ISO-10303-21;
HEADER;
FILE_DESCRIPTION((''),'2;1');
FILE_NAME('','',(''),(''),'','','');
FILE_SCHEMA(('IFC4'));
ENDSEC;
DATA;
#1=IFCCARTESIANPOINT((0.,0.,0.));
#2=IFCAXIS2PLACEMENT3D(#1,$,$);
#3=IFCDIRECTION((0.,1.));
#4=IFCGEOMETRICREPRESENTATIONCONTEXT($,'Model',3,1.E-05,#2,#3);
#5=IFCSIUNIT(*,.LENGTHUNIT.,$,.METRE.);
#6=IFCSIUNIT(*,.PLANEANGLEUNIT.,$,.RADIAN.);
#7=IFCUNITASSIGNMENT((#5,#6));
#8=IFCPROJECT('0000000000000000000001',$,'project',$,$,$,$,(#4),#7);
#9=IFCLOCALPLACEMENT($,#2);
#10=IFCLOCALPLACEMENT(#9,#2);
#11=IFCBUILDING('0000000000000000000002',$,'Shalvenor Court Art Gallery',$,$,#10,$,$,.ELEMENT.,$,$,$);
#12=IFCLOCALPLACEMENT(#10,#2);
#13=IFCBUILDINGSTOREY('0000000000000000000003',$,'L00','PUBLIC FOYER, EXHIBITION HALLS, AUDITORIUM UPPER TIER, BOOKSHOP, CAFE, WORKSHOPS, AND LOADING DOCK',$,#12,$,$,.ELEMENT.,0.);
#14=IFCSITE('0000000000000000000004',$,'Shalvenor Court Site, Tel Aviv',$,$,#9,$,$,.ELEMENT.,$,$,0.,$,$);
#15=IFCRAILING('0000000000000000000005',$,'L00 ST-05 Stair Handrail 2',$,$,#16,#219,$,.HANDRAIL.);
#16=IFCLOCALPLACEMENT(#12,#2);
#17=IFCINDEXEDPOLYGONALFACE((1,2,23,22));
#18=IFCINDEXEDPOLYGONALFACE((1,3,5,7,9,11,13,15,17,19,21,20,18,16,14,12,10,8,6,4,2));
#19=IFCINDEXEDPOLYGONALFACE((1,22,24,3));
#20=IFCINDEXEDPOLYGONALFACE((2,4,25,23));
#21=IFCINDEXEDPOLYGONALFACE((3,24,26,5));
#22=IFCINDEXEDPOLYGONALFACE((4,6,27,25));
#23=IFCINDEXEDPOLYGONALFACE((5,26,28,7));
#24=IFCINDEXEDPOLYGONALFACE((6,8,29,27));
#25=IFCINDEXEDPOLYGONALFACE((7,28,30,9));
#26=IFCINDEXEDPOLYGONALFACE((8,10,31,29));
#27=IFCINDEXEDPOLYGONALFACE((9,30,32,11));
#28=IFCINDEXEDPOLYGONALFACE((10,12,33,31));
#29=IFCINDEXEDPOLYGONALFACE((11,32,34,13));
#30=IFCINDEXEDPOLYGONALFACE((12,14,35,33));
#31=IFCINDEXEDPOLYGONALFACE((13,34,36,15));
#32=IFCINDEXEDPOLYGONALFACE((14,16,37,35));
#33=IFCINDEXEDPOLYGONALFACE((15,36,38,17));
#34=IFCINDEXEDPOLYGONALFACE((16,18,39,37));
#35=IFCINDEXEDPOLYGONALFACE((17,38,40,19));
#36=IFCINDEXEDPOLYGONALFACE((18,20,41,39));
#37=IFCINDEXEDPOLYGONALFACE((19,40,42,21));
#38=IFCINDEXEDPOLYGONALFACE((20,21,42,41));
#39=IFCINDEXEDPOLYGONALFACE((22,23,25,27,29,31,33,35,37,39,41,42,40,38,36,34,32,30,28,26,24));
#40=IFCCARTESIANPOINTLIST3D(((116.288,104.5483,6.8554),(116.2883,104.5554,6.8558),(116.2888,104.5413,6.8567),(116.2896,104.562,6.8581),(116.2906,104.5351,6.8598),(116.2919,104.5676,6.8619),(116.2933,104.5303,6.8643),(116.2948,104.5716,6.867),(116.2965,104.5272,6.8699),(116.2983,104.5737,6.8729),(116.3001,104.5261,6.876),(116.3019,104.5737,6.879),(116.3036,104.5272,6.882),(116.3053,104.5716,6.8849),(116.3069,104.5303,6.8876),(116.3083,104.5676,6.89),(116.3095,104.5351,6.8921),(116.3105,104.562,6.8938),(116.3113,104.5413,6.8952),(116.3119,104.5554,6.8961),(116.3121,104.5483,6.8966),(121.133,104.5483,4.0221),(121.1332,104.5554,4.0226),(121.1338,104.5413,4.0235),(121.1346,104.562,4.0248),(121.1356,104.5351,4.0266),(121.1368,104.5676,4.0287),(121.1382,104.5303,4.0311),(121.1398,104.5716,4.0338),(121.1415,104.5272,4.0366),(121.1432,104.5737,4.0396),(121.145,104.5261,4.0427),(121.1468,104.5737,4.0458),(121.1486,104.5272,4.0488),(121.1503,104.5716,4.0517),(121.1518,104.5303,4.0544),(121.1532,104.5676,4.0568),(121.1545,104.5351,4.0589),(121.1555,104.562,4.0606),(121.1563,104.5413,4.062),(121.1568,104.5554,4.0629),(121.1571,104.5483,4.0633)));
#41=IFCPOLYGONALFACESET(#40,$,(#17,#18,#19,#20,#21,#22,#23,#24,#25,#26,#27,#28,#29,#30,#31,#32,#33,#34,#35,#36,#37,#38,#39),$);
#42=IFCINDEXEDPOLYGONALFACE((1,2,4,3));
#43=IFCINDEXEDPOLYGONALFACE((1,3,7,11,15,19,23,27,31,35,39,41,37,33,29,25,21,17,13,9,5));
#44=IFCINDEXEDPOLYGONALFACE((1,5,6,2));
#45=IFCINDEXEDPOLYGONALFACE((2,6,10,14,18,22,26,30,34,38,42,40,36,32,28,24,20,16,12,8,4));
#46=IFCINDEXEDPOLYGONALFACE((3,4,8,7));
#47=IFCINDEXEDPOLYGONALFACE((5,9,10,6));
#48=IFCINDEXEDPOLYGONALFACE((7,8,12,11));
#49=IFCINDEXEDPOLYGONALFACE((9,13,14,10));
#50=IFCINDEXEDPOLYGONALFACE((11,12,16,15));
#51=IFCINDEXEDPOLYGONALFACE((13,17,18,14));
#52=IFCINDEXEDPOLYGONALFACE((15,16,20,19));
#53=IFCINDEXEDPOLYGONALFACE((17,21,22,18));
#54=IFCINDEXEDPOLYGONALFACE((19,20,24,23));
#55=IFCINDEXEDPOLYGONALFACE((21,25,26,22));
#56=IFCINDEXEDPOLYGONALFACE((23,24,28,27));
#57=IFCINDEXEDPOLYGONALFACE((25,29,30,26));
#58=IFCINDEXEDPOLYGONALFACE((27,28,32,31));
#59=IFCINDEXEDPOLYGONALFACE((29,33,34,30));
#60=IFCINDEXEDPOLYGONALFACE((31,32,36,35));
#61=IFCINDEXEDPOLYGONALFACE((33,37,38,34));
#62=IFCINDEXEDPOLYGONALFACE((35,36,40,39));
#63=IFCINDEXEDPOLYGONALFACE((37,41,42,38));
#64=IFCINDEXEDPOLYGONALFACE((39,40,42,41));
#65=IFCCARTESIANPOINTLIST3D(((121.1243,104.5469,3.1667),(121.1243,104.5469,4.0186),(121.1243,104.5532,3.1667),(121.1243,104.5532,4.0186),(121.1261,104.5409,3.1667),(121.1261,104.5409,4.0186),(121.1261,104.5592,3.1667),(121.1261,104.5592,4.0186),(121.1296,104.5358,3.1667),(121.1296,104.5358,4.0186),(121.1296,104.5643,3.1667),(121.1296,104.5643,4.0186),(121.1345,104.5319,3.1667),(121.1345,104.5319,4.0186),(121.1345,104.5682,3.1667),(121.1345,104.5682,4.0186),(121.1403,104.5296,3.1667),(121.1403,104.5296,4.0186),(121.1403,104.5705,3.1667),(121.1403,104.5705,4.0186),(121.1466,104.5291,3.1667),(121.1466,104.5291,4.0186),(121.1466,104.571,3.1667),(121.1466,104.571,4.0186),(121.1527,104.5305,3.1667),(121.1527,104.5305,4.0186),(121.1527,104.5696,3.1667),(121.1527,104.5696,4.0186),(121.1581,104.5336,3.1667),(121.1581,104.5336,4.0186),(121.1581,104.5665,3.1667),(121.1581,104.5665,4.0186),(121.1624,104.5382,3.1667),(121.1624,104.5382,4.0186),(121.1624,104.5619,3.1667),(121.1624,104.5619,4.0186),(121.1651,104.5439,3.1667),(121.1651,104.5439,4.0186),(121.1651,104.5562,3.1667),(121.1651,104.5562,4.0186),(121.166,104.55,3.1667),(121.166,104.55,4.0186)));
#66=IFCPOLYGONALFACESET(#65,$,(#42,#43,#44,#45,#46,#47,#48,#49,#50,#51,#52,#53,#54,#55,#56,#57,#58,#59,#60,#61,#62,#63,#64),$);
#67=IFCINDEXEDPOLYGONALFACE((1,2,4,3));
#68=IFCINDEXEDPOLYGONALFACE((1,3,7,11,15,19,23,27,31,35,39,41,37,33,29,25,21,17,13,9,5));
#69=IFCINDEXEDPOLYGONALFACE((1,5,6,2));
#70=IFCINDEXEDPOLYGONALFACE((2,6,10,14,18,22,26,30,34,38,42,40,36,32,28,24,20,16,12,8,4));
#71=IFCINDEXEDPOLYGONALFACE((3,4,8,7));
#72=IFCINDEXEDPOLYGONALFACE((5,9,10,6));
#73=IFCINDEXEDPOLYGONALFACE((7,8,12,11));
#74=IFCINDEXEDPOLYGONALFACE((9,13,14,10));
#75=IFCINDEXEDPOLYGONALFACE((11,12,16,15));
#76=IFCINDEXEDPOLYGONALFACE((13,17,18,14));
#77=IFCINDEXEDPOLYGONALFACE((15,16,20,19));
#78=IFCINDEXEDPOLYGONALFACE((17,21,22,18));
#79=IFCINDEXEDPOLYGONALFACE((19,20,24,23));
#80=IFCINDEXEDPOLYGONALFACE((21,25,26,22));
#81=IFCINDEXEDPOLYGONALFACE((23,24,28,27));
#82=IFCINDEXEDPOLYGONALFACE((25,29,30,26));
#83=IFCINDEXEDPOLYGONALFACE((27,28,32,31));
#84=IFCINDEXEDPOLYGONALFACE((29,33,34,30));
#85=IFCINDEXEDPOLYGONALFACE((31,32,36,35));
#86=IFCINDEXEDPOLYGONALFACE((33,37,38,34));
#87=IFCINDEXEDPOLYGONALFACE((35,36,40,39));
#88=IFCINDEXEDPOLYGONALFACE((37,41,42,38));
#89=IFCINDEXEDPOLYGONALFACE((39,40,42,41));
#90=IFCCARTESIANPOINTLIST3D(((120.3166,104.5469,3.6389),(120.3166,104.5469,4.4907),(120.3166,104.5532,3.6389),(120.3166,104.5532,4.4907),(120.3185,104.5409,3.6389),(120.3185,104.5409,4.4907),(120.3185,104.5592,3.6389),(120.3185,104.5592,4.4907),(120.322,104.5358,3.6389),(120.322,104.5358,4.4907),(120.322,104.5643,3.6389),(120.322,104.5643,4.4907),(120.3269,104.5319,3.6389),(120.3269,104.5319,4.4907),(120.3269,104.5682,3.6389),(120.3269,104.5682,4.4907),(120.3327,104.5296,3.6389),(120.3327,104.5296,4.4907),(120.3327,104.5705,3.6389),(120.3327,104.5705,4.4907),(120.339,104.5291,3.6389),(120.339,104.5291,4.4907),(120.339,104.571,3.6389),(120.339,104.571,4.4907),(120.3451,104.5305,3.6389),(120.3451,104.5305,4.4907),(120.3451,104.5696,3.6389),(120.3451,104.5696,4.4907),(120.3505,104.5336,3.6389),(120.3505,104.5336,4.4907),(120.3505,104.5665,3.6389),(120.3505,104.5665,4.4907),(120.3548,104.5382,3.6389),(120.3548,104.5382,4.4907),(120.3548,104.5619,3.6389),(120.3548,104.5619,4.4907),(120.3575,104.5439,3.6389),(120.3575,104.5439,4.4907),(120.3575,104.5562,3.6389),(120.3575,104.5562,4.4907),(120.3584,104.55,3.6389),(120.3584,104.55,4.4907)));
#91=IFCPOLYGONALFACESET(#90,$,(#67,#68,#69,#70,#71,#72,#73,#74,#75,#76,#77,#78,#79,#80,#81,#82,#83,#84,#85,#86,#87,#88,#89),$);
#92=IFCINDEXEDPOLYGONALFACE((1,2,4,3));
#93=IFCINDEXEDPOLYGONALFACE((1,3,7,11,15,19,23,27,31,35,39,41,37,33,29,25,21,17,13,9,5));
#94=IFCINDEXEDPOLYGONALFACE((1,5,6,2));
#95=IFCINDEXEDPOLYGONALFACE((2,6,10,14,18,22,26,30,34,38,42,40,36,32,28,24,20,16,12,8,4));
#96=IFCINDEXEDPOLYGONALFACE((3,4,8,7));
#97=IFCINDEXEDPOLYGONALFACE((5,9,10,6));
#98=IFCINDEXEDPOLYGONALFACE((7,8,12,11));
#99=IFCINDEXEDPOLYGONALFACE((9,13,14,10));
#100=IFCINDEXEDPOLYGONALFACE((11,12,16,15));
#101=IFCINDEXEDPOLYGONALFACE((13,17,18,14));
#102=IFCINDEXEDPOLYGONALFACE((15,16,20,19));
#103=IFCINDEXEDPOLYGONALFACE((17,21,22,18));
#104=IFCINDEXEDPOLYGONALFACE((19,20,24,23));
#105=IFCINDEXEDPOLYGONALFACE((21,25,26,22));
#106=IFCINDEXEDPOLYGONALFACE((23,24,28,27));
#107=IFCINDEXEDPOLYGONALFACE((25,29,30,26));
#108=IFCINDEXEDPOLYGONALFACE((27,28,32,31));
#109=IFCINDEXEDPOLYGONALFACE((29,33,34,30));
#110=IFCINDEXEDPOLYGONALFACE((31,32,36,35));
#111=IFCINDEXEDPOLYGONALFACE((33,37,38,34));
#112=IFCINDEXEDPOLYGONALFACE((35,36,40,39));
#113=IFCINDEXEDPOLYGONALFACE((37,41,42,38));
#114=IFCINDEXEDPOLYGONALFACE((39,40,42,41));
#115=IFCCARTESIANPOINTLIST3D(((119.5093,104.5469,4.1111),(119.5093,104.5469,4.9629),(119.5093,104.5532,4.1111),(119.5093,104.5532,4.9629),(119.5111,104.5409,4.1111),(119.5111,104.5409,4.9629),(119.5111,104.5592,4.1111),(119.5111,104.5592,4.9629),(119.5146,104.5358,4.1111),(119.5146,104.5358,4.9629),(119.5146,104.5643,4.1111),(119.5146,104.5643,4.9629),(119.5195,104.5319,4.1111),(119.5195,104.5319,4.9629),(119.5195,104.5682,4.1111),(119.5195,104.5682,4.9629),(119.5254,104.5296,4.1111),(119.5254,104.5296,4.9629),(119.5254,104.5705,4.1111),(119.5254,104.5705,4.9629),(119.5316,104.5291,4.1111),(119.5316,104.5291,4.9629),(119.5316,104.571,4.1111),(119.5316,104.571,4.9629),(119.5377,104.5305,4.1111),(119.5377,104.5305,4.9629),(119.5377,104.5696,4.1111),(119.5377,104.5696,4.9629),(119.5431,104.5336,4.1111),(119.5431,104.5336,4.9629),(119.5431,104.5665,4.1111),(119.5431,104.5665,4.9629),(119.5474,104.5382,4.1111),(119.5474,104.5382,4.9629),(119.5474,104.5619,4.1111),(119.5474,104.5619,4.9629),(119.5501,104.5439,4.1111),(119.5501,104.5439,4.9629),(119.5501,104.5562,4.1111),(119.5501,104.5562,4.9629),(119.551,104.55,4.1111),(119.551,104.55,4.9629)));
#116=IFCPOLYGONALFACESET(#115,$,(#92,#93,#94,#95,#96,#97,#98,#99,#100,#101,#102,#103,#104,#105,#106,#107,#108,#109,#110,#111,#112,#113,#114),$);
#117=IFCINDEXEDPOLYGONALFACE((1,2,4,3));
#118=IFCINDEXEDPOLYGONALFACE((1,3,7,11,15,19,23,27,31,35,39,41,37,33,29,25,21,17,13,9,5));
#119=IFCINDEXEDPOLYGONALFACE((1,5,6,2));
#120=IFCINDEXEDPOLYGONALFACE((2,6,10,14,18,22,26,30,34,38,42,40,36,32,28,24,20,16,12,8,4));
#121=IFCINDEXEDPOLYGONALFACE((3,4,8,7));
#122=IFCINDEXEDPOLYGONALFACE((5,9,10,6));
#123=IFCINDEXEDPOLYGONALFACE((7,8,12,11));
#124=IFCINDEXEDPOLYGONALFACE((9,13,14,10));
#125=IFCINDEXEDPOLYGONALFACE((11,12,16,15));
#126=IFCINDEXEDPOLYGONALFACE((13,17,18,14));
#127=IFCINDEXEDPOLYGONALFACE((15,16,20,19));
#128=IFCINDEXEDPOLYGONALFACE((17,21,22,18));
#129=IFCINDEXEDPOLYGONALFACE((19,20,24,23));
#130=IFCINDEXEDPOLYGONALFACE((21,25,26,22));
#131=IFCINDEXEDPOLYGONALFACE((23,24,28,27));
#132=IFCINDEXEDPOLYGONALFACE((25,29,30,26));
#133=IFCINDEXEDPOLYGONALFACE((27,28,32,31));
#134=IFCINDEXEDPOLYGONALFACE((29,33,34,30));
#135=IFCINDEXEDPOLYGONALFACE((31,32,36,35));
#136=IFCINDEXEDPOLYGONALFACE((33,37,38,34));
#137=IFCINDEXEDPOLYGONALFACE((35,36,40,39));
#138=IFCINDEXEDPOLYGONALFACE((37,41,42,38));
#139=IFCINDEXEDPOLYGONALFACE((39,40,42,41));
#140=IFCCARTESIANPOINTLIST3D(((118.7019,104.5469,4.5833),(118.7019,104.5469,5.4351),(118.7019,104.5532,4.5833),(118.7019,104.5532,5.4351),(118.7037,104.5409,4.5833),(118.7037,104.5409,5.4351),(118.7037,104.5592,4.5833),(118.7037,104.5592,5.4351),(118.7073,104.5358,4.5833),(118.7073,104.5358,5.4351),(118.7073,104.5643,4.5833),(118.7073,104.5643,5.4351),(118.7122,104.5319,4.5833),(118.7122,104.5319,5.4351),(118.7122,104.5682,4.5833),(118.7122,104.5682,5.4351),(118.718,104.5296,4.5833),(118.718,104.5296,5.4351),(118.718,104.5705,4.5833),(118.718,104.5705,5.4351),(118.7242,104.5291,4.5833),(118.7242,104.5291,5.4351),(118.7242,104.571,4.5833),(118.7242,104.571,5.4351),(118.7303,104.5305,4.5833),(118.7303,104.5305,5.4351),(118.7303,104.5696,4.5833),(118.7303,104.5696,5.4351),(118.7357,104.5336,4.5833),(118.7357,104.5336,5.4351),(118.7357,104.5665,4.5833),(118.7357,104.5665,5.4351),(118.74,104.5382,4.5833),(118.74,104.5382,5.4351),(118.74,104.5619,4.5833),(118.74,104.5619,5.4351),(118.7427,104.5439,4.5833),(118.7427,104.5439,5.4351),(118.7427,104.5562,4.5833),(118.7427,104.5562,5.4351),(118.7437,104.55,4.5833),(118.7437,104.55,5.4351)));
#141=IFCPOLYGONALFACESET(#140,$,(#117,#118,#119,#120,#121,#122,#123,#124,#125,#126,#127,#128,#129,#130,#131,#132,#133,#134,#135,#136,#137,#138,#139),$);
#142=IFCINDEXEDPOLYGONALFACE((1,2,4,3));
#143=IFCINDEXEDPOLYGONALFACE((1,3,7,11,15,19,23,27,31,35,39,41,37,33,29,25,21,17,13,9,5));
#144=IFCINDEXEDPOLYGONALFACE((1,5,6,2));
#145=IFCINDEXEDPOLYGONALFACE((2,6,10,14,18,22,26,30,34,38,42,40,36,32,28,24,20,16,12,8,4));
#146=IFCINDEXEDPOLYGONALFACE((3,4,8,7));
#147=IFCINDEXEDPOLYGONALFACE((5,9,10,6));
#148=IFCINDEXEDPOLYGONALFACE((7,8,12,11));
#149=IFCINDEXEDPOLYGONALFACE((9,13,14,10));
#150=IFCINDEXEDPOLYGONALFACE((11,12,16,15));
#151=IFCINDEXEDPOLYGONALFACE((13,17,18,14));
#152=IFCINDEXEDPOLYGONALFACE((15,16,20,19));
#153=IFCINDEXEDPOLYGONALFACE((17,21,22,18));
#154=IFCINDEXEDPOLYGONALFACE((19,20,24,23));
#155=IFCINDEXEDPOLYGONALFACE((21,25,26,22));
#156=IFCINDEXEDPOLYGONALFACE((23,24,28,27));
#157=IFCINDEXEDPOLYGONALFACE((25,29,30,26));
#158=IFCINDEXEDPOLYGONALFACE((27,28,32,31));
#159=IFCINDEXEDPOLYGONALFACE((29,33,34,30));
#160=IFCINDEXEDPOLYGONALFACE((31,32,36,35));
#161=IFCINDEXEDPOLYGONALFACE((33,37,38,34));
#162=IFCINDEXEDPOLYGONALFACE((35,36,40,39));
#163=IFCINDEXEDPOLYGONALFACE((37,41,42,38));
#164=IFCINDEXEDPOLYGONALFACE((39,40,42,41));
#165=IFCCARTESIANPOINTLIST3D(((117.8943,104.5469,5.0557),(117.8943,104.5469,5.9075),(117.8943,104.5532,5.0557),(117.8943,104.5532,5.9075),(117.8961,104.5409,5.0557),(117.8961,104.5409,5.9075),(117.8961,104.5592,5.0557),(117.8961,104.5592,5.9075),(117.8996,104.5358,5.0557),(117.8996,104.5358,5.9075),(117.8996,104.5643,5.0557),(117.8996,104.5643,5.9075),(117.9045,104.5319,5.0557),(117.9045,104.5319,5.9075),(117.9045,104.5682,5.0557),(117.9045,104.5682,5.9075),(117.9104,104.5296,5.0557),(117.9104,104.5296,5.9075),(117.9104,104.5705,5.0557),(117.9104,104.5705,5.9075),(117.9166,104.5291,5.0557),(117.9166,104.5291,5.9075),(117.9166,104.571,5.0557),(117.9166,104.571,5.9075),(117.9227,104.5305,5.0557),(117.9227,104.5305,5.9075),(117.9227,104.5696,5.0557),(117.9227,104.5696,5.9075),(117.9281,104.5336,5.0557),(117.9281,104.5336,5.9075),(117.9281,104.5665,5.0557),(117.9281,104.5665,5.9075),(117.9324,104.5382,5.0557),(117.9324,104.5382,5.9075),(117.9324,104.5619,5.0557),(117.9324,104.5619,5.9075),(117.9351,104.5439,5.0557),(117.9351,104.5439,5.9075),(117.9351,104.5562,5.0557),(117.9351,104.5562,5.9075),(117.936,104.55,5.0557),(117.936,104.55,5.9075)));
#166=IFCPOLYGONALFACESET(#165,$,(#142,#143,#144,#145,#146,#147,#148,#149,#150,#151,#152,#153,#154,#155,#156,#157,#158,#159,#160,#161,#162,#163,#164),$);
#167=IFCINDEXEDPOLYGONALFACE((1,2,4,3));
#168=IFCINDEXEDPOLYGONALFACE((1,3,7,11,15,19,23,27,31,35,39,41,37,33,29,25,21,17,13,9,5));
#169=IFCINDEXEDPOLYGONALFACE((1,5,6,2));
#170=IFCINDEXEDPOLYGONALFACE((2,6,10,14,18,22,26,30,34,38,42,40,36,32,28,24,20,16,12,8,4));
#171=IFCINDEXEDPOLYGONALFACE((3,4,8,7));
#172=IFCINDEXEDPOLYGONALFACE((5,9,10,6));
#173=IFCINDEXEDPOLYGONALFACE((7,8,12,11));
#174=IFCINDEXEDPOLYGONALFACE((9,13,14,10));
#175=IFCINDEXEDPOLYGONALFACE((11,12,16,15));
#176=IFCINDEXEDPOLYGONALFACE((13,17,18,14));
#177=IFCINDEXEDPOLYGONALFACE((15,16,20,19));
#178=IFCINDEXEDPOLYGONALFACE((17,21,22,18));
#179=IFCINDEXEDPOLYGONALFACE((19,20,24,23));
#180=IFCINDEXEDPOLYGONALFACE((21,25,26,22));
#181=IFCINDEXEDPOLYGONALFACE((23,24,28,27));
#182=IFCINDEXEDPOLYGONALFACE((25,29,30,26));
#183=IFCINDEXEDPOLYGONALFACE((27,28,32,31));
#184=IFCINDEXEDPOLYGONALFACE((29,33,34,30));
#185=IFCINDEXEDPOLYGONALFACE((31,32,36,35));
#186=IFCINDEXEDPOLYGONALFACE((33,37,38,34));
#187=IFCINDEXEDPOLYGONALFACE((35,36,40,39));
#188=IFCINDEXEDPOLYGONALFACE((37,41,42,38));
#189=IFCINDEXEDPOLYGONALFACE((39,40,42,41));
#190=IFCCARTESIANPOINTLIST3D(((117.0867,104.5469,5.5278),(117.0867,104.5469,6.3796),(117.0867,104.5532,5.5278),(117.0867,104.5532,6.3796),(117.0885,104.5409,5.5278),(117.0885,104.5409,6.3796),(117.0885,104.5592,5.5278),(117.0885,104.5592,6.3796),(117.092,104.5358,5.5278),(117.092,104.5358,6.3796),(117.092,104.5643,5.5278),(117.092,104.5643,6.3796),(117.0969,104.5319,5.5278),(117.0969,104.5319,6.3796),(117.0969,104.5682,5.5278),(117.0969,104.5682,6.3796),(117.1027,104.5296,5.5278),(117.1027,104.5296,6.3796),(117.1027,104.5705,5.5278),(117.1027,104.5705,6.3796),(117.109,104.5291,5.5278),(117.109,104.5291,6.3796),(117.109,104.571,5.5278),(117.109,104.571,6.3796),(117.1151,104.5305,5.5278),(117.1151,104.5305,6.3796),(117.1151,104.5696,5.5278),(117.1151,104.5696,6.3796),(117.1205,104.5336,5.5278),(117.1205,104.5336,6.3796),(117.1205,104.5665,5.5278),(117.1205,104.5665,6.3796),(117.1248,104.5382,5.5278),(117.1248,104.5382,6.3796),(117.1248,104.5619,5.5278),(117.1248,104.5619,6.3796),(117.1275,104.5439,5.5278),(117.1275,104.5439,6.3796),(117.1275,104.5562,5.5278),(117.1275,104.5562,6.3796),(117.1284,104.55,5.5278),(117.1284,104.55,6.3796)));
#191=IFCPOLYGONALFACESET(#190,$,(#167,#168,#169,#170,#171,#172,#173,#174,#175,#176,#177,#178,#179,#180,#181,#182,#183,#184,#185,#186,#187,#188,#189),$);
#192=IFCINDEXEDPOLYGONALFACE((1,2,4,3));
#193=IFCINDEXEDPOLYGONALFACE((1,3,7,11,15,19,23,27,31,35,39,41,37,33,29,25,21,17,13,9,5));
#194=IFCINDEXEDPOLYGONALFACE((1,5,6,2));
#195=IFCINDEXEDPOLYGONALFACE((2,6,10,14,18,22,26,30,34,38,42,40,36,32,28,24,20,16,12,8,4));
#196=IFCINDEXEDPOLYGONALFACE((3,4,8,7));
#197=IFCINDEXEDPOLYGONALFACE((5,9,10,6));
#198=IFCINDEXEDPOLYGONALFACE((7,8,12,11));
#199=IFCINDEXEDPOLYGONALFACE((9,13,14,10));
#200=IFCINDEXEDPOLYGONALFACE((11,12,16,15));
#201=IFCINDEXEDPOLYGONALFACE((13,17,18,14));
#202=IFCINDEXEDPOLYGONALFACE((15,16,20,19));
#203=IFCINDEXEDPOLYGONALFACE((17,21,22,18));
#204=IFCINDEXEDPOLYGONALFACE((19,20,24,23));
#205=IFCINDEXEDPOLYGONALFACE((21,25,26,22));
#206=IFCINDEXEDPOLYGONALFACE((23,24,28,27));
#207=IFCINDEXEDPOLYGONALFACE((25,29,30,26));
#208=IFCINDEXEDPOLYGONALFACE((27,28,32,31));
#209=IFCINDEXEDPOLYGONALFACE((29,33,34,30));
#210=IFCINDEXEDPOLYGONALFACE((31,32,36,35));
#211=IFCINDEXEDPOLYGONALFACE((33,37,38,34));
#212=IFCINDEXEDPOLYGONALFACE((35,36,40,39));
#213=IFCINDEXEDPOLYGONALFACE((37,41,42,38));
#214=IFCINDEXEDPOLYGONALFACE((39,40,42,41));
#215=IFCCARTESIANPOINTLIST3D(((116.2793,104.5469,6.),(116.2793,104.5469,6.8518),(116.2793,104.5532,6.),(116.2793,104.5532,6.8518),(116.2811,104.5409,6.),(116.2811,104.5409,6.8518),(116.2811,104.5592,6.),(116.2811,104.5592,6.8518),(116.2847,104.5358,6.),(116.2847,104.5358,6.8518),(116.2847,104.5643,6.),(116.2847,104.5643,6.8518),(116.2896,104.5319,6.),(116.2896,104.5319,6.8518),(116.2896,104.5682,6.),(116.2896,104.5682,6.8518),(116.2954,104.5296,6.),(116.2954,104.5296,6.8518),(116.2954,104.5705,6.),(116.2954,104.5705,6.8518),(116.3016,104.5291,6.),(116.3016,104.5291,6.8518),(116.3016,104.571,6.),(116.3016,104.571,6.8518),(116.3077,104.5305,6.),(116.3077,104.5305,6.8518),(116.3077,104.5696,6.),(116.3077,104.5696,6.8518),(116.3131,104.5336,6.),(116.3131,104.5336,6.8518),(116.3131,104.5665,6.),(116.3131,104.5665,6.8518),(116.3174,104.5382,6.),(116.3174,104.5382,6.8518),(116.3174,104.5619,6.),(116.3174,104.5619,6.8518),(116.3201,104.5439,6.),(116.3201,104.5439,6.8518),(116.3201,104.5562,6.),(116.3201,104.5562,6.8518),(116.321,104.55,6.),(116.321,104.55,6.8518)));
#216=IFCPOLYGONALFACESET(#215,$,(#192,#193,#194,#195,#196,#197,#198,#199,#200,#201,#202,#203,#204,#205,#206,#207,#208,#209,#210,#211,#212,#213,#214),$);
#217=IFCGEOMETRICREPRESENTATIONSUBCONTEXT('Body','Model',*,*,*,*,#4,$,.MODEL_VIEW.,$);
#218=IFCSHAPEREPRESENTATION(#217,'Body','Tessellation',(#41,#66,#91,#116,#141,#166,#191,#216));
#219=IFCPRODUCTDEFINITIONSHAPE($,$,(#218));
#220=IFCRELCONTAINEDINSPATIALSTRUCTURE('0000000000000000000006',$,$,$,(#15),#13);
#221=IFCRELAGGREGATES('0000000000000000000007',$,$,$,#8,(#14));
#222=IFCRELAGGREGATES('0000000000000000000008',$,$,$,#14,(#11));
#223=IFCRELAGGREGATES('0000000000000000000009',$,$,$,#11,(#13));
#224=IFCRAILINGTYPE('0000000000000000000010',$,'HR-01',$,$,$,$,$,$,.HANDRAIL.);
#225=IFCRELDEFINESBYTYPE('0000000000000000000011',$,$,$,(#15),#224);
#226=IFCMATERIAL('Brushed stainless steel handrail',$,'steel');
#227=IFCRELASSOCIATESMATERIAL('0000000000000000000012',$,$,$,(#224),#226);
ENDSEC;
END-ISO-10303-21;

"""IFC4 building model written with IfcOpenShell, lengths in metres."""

from ifc_helpers import new_model, si_unit, direction, frame, origin, origin_2d, place, context, subcontext, project, spatial, circle, extrude, material, type_object, element, save


model = new_model("IFC4")

# Units and contexts
model_context = context("Model", 3, precision=1e-05, world=origin(), true_north=direction((0.0, 1.0)))
body_context = subcontext(model_context, "Body", "Model", "MODEL_VIEW")
ifc_project = project(units=[si_unit("LENGTHUNIT", "METRE"), si_unit("PLANEANGLEUNIT", "RADIAN")], contexts=[model_context])

# Site, building, storey
site_placement = place(None, origin())
site = spatial("IfcSite", under=ifc_project, at=site_placement, Name="Shalvenor Court Site, Tel Aviv", CompositionType="ELEMENT", RefElevation=0.0)
building_placement = place(site_placement, origin())
building = spatial("IfcBuilding", under=site, at=building_placement, Name="Shalvenor Court Art Gallery", CompositionType="ELEMENT")
storey_placement = place(building_placement, origin())
storey = spatial("IfcBuildingStorey", under=building, at=storey_placement, Name="L00", Description="PUBLIC FOYER, EXHIBITION HALLS, AUDITORIUM UPPER TIER, BOOKSHOP, CAFE, WORKSHOPS, AND LOADING DOCK", CompositionType="ELEMENT", Elevation=0.0)

# Railing
ifc_material_1 = material(Name="Brushed stainless steel handrail", Category="steel")
railing_type_1 = type_object("IfcRailingType", Name="HR-01", PredefinedType="HANDRAIL", material=ifc_material_1)
railing_1_placement = place(storey_placement, frame((121.145, 104.55, 3.1667)))
element("IfcRailing", 1, at=railing_1_placement, inside=storey, type_object=railing_type_1, Name="L00 ST-05 Stair Handrail 2", PredefinedType="HANDRAIL", context=body_context, shape_type="SweptSolid", body=[
    extrude(circle(Radius=0.0239, at=origin_2d()), frame((0.0, 0.0, 0.876), z_axis=(-0.863234, 0.0, 0.504804), x_axis=(0.0, -1.0, 0.0)), (0.0, 0.0, 1.0), 5.6125),
    extrude(circle(Radius=0.021, at=origin_2d()), origin(), (0.0, 0.0, 1.0), 0.8518),
    extrude(circle(Radius=0.021, at=origin_2d()), frame((-0.8076, 0.0, 0.4722)), (0.0, 0.0, 1.0), 0.8518),
    extrude(circle(Radius=0.021, at=origin_2d()), frame((-1.615, 0.0, 0.9443)), (0.0, 0.0, 1.0), 0.8518),
    extrude(circle(Radius=0.021, at=origin_2d()), frame((-2.4224, 0.0, 1.4165)), (0.0, 0.0, 1.0), 0.8518),
    extrude(circle(Radius=0.021, at=origin_2d()), frame((-3.23, 0.0, 1.8889)), (0.0, 0.0, 1.0), 0.8518),
    extrude(circle(Radius=0.021, at=origin_2d()), frame((-4.0376, 0.0, 2.3611)), (0.0, 0.0, 1.0), 0.8518),
    extrude(circle(Radius=0.021, at=origin_2d()), frame((-4.845, 0.0, 2.8333)), (0.0, 0.0, 1.0), 0.8518),
])

save(model, "model.ifc")
